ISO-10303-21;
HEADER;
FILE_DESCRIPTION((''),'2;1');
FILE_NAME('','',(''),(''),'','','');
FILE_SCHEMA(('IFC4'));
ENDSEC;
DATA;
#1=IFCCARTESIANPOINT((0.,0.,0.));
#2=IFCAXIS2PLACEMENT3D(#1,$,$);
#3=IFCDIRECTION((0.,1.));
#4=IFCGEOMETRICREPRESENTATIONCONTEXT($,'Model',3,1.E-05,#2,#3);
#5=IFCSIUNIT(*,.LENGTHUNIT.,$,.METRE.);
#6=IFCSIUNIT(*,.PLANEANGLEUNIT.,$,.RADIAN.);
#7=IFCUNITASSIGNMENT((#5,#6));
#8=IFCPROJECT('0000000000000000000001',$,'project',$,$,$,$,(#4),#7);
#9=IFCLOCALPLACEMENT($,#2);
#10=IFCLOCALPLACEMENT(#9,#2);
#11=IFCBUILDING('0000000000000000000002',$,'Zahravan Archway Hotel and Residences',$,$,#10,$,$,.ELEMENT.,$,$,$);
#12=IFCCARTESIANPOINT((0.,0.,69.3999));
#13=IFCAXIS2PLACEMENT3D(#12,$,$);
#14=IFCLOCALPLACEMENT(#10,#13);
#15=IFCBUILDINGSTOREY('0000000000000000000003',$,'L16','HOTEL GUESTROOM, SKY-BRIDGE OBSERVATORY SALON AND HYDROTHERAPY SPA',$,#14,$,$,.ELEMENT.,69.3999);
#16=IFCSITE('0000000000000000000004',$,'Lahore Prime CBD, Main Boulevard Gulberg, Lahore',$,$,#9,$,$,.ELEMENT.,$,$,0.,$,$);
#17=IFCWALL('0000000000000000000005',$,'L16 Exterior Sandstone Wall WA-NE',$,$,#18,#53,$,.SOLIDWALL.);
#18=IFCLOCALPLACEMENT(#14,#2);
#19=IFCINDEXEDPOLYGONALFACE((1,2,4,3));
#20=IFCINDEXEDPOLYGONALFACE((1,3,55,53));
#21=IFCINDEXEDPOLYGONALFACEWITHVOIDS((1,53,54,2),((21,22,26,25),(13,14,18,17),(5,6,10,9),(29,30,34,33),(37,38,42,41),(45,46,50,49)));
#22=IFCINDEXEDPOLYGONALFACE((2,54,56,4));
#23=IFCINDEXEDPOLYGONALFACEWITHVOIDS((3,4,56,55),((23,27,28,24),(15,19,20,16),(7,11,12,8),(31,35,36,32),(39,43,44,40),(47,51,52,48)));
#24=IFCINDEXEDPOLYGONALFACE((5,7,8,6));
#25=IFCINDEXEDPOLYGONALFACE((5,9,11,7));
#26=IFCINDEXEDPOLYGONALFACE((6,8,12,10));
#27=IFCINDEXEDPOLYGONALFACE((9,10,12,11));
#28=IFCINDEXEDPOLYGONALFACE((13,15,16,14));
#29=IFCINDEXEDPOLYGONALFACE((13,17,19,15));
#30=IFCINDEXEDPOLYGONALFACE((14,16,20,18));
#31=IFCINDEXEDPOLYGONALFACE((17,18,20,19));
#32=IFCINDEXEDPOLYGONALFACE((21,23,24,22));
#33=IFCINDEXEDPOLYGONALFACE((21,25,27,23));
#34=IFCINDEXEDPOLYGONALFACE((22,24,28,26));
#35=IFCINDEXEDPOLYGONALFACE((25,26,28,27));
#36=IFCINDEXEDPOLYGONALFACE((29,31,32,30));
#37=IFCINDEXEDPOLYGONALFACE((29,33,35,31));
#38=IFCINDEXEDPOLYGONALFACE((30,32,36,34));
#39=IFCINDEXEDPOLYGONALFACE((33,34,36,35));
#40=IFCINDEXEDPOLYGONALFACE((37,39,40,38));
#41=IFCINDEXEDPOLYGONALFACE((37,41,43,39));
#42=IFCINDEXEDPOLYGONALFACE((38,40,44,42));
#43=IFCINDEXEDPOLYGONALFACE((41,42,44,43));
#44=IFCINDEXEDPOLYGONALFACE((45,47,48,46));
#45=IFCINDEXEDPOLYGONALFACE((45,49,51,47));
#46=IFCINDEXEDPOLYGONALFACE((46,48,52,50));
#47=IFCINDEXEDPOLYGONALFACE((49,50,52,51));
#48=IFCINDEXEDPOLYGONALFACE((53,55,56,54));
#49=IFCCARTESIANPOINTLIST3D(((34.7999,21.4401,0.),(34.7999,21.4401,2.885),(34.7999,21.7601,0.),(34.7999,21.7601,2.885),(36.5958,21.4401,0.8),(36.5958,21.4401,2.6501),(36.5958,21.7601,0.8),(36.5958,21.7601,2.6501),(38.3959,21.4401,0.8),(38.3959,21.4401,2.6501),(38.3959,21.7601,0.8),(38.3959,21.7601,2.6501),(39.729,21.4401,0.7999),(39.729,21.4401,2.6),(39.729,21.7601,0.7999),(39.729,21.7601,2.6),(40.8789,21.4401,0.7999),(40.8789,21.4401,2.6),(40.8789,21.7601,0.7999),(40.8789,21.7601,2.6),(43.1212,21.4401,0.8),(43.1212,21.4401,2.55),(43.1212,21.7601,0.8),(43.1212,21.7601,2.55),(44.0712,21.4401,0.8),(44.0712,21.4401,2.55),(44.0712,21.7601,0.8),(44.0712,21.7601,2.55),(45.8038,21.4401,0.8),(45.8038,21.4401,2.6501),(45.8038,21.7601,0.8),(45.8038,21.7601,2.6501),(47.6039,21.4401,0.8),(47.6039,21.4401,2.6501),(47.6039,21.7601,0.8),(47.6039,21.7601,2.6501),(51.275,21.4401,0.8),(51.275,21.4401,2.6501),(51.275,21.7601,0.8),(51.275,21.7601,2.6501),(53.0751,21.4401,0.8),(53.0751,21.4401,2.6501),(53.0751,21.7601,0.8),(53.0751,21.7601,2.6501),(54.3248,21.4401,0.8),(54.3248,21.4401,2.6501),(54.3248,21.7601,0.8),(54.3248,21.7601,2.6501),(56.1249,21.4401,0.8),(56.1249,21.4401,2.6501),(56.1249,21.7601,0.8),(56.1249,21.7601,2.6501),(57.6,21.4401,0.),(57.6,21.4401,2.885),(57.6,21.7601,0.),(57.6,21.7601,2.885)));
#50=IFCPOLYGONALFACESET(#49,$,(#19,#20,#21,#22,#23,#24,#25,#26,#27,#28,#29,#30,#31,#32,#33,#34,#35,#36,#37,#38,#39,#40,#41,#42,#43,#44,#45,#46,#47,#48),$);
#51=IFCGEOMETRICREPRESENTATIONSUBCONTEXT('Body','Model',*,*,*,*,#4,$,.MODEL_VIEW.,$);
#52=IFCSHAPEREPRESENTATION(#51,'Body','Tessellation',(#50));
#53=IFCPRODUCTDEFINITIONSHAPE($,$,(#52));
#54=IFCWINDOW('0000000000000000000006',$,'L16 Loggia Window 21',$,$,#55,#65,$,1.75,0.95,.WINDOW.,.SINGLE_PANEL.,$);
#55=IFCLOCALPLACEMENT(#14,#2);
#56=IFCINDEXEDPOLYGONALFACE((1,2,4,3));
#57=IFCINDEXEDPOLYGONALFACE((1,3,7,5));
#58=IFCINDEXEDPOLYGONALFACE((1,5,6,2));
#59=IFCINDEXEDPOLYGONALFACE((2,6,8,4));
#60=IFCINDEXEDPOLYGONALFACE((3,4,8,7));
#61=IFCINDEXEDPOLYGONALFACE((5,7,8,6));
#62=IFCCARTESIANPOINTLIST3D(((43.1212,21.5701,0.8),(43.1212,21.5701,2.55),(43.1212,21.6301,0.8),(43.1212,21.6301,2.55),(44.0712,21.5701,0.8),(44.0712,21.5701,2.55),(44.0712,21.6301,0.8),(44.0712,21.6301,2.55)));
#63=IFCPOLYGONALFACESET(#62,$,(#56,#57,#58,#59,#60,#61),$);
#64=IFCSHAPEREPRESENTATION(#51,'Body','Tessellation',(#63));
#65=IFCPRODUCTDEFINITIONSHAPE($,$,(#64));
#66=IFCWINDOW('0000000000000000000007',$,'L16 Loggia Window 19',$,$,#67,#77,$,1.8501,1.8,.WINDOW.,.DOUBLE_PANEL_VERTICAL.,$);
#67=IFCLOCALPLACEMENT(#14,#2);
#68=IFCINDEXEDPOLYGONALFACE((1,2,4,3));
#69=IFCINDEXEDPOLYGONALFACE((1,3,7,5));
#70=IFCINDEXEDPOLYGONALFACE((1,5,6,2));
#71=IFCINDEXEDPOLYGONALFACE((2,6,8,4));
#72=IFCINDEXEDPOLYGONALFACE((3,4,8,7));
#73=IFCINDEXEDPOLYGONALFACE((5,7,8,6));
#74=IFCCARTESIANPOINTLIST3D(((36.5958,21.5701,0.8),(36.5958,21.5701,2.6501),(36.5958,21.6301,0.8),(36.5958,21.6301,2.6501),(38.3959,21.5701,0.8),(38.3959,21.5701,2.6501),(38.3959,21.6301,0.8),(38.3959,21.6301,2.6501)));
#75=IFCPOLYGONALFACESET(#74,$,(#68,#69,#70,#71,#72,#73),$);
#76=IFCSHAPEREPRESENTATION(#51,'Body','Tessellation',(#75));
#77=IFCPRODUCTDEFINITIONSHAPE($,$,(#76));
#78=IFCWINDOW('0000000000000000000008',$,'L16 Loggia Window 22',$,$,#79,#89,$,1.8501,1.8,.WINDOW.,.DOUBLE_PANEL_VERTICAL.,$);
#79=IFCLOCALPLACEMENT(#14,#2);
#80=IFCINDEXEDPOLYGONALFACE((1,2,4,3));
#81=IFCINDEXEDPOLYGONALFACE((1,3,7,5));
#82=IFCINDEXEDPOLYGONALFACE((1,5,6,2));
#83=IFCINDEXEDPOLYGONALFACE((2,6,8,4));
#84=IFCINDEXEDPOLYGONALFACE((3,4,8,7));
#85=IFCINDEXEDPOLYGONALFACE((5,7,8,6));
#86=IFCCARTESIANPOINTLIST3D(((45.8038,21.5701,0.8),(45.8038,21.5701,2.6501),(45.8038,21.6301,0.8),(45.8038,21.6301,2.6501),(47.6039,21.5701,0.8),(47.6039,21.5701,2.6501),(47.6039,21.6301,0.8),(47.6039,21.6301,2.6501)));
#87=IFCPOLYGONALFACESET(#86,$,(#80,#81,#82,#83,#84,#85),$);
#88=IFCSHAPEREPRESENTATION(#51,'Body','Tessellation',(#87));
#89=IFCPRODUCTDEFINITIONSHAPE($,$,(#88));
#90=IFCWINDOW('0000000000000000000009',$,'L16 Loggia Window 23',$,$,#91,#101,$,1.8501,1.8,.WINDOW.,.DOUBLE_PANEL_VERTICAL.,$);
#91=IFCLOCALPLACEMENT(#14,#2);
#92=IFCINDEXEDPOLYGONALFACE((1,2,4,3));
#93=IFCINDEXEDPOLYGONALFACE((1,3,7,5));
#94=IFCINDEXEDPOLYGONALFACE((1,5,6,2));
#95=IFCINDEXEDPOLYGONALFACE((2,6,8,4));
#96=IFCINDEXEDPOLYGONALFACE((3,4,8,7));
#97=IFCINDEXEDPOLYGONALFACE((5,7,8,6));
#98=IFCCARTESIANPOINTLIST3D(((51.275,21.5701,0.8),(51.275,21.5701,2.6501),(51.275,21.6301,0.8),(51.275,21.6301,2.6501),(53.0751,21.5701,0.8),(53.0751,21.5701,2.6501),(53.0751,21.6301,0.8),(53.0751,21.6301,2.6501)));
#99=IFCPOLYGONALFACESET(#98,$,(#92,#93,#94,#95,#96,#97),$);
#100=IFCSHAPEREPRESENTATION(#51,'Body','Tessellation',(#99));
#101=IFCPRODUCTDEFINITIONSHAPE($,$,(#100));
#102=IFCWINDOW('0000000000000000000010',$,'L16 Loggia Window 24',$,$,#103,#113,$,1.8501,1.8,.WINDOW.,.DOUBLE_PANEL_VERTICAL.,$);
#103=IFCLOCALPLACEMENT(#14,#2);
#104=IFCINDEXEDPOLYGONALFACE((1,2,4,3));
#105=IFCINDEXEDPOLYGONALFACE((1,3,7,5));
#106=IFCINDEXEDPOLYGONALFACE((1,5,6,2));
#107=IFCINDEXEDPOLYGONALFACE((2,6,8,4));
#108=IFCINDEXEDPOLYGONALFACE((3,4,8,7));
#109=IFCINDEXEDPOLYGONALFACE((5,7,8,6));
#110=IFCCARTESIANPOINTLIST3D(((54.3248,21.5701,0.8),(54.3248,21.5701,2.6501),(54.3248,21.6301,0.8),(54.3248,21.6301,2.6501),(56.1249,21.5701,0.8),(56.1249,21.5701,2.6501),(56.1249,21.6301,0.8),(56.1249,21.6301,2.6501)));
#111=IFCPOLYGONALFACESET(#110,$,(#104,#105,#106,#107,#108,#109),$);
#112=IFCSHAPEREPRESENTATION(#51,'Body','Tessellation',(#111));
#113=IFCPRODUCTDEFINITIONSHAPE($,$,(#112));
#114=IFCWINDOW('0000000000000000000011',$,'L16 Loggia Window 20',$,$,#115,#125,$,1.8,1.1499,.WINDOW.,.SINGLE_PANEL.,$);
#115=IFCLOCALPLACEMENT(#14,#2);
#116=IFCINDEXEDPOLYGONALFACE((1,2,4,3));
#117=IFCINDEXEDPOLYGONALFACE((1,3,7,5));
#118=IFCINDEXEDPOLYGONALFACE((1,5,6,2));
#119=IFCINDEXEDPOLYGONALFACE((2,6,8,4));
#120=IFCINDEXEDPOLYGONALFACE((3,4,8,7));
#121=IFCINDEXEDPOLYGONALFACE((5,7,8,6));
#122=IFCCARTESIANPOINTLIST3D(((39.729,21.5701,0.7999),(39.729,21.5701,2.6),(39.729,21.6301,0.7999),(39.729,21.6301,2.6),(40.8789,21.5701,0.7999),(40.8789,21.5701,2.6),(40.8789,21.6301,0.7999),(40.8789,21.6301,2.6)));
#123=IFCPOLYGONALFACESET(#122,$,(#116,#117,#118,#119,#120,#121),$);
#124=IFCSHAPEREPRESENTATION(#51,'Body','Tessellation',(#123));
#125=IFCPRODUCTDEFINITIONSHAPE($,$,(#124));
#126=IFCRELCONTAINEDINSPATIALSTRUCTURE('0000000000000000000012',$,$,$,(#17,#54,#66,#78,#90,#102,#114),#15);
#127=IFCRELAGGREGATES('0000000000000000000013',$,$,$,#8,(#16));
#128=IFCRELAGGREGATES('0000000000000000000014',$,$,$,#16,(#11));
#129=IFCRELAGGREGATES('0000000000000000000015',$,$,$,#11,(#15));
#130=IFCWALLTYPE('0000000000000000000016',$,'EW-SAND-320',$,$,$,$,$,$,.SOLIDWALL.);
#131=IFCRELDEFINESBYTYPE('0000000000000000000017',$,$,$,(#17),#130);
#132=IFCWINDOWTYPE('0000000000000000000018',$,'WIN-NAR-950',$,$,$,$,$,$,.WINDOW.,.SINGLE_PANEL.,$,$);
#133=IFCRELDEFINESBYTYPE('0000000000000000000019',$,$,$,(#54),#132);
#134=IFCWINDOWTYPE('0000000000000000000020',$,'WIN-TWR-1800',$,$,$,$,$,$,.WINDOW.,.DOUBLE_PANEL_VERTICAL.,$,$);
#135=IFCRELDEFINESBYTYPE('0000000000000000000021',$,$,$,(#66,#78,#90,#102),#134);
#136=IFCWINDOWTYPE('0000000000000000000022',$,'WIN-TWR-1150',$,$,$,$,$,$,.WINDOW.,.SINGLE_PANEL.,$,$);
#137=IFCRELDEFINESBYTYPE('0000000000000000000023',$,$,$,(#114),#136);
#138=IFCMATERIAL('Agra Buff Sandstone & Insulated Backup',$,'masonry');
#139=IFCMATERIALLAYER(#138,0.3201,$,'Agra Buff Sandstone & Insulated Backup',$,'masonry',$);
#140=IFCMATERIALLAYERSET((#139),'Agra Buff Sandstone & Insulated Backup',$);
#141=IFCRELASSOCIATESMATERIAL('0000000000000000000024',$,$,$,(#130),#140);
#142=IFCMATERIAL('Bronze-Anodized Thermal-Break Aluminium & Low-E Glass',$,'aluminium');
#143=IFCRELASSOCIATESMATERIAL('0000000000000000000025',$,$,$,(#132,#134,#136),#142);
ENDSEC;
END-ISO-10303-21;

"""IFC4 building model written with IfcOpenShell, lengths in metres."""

from ifc_helpers import new_model, si_unit, direction, frame, frame_2d, origin, place, context, subcontext, project, spatial, rectangle, extrude, source, transform, mapped, material, layer, layer_set, type_object, type_shapes, element, fill, save


model = new_model("IFC4")

# Units and contexts
model_context = context("Model", 3, precision=1e-05, world=origin(), true_north=direction((0.0, 1.0)))
body_context = subcontext(model_context, "Body", "Model", "MODEL_VIEW")
ifc_project = project(units=[si_unit("LENGTHUNIT", "METRE"), si_unit("PLANEANGLEUNIT", "RADIAN")], contexts=[model_context])

# Site, building, storey
site_placement = place(None, origin())
site = spatial("IfcSite", under=ifc_project, at=site_placement, Name="Lahore Prime CBD, Main Boulevard Gulberg, Lahore", CompositionType="ELEMENT", RefElevation=0.0)
building_placement = place(site_placement, origin())
building = spatial("IfcBuilding", under=site, at=building_placement, Name="Zahravan Archway Hotel and Residences", CompositionType="ELEMENT")
storey_placement = place(building_placement, frame((0.0, 0.0, 69.3999)))
storey = spatial("IfcBuildingStorey", under=building, at=storey_placement, Name="L16", Description="HOTEL GUESTROOM, SKY-BRIDGE OBSERVATORY SALON AND HYDROTHERAPY SPA", CompositionType="ELEMENT", Elevation=69.3999)

# Wall, openings, windows
ifc_material_1 = material(Name="Agra Buff Sandstone & Insulated Backup", Category="masonry")
ifc_layer_1 = layer(ifc_material_1, 0.3201, Name="Agra Buff Sandstone & Insulated Backup", Category="masonry")
ifc_layer_set_1 = layer_set([ifc_layer_1], Name="Agra Buff Sandstone & Insulated Backup")
wall_type = type_object("IfcWallType", Name="EW-SAND-320", PredefinedType="SOLIDWALL", material=ifc_layer_set_1)
wall_placement = place(storey_placement, frame((34.8, 21.6001, 0.0), z_axis=(0.0, 0.0, 1.0), x_axis=(1.0, 0.0, 0.0)))
wall = element("IfcWall", 1, at=wall_placement, inside=storey, type_object=wall_type, Name="L16 Exterior Sandstone Wall WA-NE", PredefinedType="SOLIDWALL", context=body_context, shape_type="SweptSolid", body=[
    extrude(rectangle(XDim=22.8, YDim=0.3201, at=frame_2d((11.3999, 0.0))), origin(), (0.0, 0.0, 1.0), 2.885),
])
opening_1_placement = place(wall_placement, frame((1.7959, 0.0, 0.8)))
opening_1 = element("IfcOpeningElement", 2, at=opening_1_placement, cuts=wall, PredefinedType="OPENING", context=body_context, shape_type="SweptSolid", body=[
    extrude(rectangle(XDim=1.8, YDim=1.8501, at=frame_2d((0.8999, 0.925))), frame((0.0, 0.1699, 0.0), z_axis=(0.0, -1.0, 0.0), x_axis=(1.0, 0.0, 0.0)), (0.0, 0.0, 1.0), 0.3401),
])
opening_2_placement = place(wall_placement, frame((4.929, 0.0, 0.8)))
opening_2 = element("IfcOpeningElement", 3, at=opening_2_placement, cuts=wall, PredefinedType="OPENING", context=body_context, shape_type="SweptSolid", body=[
    extrude(rectangle(XDim=1.1499, YDim=1.8, at=frame_2d((0.575, 0.8999))), frame((0.0, 0.1699, 0.0), z_axis=(0.0, -1.0, 0.0), x_axis=(1.0, 0.0, 0.0)), (0.0, 0.0, 1.0), 0.3401),
])
opening_3_placement = place(wall_placement, frame((8.321, 0.0, 0.8)))
opening_3 = element("IfcOpeningElement", 4, at=opening_3_placement, cuts=wall, PredefinedType="OPENING", context=body_context, shape_type="SweptSolid", body=[
    extrude(rectangle(XDim=0.95, YDim=1.75, at=frame_2d((0.4751, 0.875))), frame((0.0, 0.1699, 0.0), z_axis=(0.0, -1.0, 0.0), x_axis=(1.0, 0.0, 0.0)), (0.0, 0.0, 1.0), 0.3401),
])
opening_4_placement = place(wall_placement, frame((11.0039, 0.0, 0.8)))
opening_4 = element("IfcOpeningElement", 5, at=opening_4_placement, cuts=wall, PredefinedType="OPENING", context=body_context, shape_type="SweptSolid", body=[
    extrude(rectangle(XDim=1.8, YDim=1.8501, at=frame_2d((0.8999, 0.925))), frame((0.0, 0.1699, 0.0), z_axis=(0.0, -1.0, 0.0), x_axis=(1.0, 0.0, 0.0)), (0.0, 0.0, 1.0), 0.3401),
])
opening_5_placement = place(wall_placement, frame((16.4751, 0.0, 0.8)))
opening_5 = element("IfcOpeningElement", 6, at=opening_5_placement, cuts=wall, PredefinedType="OPENING", context=body_context, shape_type="SweptSolid", body=[
    extrude(rectangle(XDim=1.8, YDim=1.8501, at=frame_2d((0.8999, 0.925))), frame((0.0, 0.1699, 0.0), z_axis=(0.0, -1.0, 0.0), x_axis=(1.0, 0.0, 0.0)), (0.0, 0.0, 1.0), 0.3401),
])
opening_6_placement = place(wall_placement, frame((19.5249, 0.0, 0.8)))
opening_6 = element("IfcOpeningElement", 7, at=opening_6_placement, cuts=wall, PredefinedType="OPENING", context=body_context, shape_type="SweptSolid", body=[
    extrude(rectangle(XDim=1.8, YDim=1.8501, at=frame_2d((0.8999, 0.925))), frame((0.0, 0.1699, 0.0), z_axis=(0.0, -1.0, 0.0), x_axis=(1.0, 0.0, 0.0)), (0.0, 0.0, 1.0), 0.3401),
])
ifc_material_2 = material(Name="Bronze-Anodized Thermal-Break Aluminium & Low-E Glass", Category="aluminium")
window_type_1 = type_object("IfcWindowType", Name="WIN-NAR-950", PartitioningType="SINGLE_PANEL", PredefinedType="WINDOW", material=ifc_material_2)
shared_shape_1 = source(origin(), body_context, "Body", "SweptSolid", [
    extrude(rectangle(XDim=0.95, YDim=1.75, at=frame_2d((0.4751, 0.875))), frame((0.0, 0.03, 0.0), z_axis=(0.0, -1.0, 0.0), x_axis=(1.0, 0.0, 0.0)), (0.0, 0.0, 1.0), 0.0601),
])
type_shapes(window_type_1, [shared_shape_1])
window_1_placement = place(opening_3_placement, origin())
window_1 = element("IfcWindow", 8, at=window_1_placement, inside=storey, type_object=window_type_1, Name="L16 Loggia Window 21", OverallHeight=1.75, OverallWidth=0.95, PartitioningType="SINGLE_PANEL", PredefinedType="WINDOW", context=body_context, shape_type="MappedRepresentation", body=[
    mapped(shared_shape_1, transform((0.0, 0.0, 0.0), scale=1.0)),
])
fill(opening_3, window_1)
window_type_2 = type_object("IfcWindowType", Name="WIN-TWR-1800", PartitioningType="DOUBLE_PANEL_VERTICAL", PredefinedType="WINDOW", material=ifc_material_2)
shared_shape_2 = source(origin(), body_context, "Body", "SweptSolid", [
    extrude(rectangle(XDim=1.8, YDim=1.8501, at=frame_2d((0.8999, 0.925))), frame((0.0, 0.03, 0.0), z_axis=(0.0, -1.0, 0.0), x_axis=(1.0, 0.0, 0.0)), (0.0, 0.0, 1.0), 0.0601),
])
type_shapes(window_type_2, [shared_shape_2])
window_2_placement = place(opening_1_placement, origin())
window_2 = element("IfcWindow", 9, at=window_2_placement, inside=storey, type_object=window_type_2, Name="L16 Loggia Window 19", OverallHeight=1.8501, OverallWidth=1.8, PartitioningType="DOUBLE_PANEL_VERTICAL", PredefinedType="WINDOW", context=body_context, shape_type="MappedRepresentation", body=[
    mapped(shared_shape_2, transform((0.0, 0.0, 0.0), scale=1.0)),
])
fill(opening_1, window_2)
window_3_placement = place(opening_4_placement, origin())
window_3 = element("IfcWindow", 10, at=window_3_placement, inside=storey, type_object=window_type_2, Name="L16 Loggia Window 22", OverallHeight=1.8501, OverallWidth=1.8, PartitioningType="DOUBLE_PANEL_VERTICAL", PredefinedType="WINDOW", context=body_context, shape_type="MappedRepresentation", body=[
    mapped(shared_shape_2, transform((0.0, 0.0, 0.0), scale=1.0)),
])
fill(opening_4, window_3)
window_4_placement = place(opening_5_placement, origin())
window_4 = element("IfcWindow", 11, at=window_4_placement, inside=storey, type_object=window_type_2, Name="L16 Loggia Window 23", OverallHeight=1.8501, OverallWidth=1.8, PartitioningType="DOUBLE_PANEL_VERTICAL", PredefinedType="WINDOW", context=body_context, shape_type="MappedRepresentation", body=[
    mapped(shared_shape_2, transform((0.0, 0.0, 0.0), scale=1.0)),
])
fill(opening_5, window_4)
window_5_placement = place(opening_6_placement, origin())
window_5 = element("IfcWindow", 12, at=window_5_placement, inside=storey, type_object=window_type_2, Name="L16 Loggia Window 24", OverallHeight=1.8501, OverallWidth=1.8, PartitioningType="DOUBLE_PANEL_VERTICAL", PredefinedType="WINDOW", context=body_context, shape_type="MappedRepresentation", body=[
    mapped(shared_shape_2, transform((0.0, 0.0, 0.0), scale=1.0)),
])
fill(opening_6, window_5)
window_type_3 = type_object("IfcWindowType", Name="WIN-TWR-1150", PartitioningType="SINGLE_PANEL", PredefinedType="WINDOW", material=ifc_material_2)
shared_shape_3 = source(origin(), body_context, "Body", "SweptSolid", [
    extrude(rectangle(XDim=1.1499, YDim=1.8, at=frame_2d((0.575, 0.8999))), frame((0.0, 0.03, 0.0), z_axis=(0.0, -1.0, 0.0), x_axis=(1.0, 0.0, 0.0)), (0.0, 0.0, 1.0), 0.0601),
])
type_shapes(window_type_3, [shared_shape_3])
window_6_placement = place(opening_2_placement, origin())
window_6 = element("IfcWindow", 13, at=window_6_placement, inside=storey, type_object=window_type_3, Name="L16 Loggia Window 20", OverallHeight=1.8, OverallWidth=1.1499, PartitioningType="SINGLE_PANEL", PredefinedType="WINDOW", context=body_context, shape_type="MappedRepresentation", body=[
    mapped(shared_shape_3, transform((0.0, 0.0, 0.0), scale=1.0)),
])
fill(opening_2, window_6)

save(model, "model.ifc")
